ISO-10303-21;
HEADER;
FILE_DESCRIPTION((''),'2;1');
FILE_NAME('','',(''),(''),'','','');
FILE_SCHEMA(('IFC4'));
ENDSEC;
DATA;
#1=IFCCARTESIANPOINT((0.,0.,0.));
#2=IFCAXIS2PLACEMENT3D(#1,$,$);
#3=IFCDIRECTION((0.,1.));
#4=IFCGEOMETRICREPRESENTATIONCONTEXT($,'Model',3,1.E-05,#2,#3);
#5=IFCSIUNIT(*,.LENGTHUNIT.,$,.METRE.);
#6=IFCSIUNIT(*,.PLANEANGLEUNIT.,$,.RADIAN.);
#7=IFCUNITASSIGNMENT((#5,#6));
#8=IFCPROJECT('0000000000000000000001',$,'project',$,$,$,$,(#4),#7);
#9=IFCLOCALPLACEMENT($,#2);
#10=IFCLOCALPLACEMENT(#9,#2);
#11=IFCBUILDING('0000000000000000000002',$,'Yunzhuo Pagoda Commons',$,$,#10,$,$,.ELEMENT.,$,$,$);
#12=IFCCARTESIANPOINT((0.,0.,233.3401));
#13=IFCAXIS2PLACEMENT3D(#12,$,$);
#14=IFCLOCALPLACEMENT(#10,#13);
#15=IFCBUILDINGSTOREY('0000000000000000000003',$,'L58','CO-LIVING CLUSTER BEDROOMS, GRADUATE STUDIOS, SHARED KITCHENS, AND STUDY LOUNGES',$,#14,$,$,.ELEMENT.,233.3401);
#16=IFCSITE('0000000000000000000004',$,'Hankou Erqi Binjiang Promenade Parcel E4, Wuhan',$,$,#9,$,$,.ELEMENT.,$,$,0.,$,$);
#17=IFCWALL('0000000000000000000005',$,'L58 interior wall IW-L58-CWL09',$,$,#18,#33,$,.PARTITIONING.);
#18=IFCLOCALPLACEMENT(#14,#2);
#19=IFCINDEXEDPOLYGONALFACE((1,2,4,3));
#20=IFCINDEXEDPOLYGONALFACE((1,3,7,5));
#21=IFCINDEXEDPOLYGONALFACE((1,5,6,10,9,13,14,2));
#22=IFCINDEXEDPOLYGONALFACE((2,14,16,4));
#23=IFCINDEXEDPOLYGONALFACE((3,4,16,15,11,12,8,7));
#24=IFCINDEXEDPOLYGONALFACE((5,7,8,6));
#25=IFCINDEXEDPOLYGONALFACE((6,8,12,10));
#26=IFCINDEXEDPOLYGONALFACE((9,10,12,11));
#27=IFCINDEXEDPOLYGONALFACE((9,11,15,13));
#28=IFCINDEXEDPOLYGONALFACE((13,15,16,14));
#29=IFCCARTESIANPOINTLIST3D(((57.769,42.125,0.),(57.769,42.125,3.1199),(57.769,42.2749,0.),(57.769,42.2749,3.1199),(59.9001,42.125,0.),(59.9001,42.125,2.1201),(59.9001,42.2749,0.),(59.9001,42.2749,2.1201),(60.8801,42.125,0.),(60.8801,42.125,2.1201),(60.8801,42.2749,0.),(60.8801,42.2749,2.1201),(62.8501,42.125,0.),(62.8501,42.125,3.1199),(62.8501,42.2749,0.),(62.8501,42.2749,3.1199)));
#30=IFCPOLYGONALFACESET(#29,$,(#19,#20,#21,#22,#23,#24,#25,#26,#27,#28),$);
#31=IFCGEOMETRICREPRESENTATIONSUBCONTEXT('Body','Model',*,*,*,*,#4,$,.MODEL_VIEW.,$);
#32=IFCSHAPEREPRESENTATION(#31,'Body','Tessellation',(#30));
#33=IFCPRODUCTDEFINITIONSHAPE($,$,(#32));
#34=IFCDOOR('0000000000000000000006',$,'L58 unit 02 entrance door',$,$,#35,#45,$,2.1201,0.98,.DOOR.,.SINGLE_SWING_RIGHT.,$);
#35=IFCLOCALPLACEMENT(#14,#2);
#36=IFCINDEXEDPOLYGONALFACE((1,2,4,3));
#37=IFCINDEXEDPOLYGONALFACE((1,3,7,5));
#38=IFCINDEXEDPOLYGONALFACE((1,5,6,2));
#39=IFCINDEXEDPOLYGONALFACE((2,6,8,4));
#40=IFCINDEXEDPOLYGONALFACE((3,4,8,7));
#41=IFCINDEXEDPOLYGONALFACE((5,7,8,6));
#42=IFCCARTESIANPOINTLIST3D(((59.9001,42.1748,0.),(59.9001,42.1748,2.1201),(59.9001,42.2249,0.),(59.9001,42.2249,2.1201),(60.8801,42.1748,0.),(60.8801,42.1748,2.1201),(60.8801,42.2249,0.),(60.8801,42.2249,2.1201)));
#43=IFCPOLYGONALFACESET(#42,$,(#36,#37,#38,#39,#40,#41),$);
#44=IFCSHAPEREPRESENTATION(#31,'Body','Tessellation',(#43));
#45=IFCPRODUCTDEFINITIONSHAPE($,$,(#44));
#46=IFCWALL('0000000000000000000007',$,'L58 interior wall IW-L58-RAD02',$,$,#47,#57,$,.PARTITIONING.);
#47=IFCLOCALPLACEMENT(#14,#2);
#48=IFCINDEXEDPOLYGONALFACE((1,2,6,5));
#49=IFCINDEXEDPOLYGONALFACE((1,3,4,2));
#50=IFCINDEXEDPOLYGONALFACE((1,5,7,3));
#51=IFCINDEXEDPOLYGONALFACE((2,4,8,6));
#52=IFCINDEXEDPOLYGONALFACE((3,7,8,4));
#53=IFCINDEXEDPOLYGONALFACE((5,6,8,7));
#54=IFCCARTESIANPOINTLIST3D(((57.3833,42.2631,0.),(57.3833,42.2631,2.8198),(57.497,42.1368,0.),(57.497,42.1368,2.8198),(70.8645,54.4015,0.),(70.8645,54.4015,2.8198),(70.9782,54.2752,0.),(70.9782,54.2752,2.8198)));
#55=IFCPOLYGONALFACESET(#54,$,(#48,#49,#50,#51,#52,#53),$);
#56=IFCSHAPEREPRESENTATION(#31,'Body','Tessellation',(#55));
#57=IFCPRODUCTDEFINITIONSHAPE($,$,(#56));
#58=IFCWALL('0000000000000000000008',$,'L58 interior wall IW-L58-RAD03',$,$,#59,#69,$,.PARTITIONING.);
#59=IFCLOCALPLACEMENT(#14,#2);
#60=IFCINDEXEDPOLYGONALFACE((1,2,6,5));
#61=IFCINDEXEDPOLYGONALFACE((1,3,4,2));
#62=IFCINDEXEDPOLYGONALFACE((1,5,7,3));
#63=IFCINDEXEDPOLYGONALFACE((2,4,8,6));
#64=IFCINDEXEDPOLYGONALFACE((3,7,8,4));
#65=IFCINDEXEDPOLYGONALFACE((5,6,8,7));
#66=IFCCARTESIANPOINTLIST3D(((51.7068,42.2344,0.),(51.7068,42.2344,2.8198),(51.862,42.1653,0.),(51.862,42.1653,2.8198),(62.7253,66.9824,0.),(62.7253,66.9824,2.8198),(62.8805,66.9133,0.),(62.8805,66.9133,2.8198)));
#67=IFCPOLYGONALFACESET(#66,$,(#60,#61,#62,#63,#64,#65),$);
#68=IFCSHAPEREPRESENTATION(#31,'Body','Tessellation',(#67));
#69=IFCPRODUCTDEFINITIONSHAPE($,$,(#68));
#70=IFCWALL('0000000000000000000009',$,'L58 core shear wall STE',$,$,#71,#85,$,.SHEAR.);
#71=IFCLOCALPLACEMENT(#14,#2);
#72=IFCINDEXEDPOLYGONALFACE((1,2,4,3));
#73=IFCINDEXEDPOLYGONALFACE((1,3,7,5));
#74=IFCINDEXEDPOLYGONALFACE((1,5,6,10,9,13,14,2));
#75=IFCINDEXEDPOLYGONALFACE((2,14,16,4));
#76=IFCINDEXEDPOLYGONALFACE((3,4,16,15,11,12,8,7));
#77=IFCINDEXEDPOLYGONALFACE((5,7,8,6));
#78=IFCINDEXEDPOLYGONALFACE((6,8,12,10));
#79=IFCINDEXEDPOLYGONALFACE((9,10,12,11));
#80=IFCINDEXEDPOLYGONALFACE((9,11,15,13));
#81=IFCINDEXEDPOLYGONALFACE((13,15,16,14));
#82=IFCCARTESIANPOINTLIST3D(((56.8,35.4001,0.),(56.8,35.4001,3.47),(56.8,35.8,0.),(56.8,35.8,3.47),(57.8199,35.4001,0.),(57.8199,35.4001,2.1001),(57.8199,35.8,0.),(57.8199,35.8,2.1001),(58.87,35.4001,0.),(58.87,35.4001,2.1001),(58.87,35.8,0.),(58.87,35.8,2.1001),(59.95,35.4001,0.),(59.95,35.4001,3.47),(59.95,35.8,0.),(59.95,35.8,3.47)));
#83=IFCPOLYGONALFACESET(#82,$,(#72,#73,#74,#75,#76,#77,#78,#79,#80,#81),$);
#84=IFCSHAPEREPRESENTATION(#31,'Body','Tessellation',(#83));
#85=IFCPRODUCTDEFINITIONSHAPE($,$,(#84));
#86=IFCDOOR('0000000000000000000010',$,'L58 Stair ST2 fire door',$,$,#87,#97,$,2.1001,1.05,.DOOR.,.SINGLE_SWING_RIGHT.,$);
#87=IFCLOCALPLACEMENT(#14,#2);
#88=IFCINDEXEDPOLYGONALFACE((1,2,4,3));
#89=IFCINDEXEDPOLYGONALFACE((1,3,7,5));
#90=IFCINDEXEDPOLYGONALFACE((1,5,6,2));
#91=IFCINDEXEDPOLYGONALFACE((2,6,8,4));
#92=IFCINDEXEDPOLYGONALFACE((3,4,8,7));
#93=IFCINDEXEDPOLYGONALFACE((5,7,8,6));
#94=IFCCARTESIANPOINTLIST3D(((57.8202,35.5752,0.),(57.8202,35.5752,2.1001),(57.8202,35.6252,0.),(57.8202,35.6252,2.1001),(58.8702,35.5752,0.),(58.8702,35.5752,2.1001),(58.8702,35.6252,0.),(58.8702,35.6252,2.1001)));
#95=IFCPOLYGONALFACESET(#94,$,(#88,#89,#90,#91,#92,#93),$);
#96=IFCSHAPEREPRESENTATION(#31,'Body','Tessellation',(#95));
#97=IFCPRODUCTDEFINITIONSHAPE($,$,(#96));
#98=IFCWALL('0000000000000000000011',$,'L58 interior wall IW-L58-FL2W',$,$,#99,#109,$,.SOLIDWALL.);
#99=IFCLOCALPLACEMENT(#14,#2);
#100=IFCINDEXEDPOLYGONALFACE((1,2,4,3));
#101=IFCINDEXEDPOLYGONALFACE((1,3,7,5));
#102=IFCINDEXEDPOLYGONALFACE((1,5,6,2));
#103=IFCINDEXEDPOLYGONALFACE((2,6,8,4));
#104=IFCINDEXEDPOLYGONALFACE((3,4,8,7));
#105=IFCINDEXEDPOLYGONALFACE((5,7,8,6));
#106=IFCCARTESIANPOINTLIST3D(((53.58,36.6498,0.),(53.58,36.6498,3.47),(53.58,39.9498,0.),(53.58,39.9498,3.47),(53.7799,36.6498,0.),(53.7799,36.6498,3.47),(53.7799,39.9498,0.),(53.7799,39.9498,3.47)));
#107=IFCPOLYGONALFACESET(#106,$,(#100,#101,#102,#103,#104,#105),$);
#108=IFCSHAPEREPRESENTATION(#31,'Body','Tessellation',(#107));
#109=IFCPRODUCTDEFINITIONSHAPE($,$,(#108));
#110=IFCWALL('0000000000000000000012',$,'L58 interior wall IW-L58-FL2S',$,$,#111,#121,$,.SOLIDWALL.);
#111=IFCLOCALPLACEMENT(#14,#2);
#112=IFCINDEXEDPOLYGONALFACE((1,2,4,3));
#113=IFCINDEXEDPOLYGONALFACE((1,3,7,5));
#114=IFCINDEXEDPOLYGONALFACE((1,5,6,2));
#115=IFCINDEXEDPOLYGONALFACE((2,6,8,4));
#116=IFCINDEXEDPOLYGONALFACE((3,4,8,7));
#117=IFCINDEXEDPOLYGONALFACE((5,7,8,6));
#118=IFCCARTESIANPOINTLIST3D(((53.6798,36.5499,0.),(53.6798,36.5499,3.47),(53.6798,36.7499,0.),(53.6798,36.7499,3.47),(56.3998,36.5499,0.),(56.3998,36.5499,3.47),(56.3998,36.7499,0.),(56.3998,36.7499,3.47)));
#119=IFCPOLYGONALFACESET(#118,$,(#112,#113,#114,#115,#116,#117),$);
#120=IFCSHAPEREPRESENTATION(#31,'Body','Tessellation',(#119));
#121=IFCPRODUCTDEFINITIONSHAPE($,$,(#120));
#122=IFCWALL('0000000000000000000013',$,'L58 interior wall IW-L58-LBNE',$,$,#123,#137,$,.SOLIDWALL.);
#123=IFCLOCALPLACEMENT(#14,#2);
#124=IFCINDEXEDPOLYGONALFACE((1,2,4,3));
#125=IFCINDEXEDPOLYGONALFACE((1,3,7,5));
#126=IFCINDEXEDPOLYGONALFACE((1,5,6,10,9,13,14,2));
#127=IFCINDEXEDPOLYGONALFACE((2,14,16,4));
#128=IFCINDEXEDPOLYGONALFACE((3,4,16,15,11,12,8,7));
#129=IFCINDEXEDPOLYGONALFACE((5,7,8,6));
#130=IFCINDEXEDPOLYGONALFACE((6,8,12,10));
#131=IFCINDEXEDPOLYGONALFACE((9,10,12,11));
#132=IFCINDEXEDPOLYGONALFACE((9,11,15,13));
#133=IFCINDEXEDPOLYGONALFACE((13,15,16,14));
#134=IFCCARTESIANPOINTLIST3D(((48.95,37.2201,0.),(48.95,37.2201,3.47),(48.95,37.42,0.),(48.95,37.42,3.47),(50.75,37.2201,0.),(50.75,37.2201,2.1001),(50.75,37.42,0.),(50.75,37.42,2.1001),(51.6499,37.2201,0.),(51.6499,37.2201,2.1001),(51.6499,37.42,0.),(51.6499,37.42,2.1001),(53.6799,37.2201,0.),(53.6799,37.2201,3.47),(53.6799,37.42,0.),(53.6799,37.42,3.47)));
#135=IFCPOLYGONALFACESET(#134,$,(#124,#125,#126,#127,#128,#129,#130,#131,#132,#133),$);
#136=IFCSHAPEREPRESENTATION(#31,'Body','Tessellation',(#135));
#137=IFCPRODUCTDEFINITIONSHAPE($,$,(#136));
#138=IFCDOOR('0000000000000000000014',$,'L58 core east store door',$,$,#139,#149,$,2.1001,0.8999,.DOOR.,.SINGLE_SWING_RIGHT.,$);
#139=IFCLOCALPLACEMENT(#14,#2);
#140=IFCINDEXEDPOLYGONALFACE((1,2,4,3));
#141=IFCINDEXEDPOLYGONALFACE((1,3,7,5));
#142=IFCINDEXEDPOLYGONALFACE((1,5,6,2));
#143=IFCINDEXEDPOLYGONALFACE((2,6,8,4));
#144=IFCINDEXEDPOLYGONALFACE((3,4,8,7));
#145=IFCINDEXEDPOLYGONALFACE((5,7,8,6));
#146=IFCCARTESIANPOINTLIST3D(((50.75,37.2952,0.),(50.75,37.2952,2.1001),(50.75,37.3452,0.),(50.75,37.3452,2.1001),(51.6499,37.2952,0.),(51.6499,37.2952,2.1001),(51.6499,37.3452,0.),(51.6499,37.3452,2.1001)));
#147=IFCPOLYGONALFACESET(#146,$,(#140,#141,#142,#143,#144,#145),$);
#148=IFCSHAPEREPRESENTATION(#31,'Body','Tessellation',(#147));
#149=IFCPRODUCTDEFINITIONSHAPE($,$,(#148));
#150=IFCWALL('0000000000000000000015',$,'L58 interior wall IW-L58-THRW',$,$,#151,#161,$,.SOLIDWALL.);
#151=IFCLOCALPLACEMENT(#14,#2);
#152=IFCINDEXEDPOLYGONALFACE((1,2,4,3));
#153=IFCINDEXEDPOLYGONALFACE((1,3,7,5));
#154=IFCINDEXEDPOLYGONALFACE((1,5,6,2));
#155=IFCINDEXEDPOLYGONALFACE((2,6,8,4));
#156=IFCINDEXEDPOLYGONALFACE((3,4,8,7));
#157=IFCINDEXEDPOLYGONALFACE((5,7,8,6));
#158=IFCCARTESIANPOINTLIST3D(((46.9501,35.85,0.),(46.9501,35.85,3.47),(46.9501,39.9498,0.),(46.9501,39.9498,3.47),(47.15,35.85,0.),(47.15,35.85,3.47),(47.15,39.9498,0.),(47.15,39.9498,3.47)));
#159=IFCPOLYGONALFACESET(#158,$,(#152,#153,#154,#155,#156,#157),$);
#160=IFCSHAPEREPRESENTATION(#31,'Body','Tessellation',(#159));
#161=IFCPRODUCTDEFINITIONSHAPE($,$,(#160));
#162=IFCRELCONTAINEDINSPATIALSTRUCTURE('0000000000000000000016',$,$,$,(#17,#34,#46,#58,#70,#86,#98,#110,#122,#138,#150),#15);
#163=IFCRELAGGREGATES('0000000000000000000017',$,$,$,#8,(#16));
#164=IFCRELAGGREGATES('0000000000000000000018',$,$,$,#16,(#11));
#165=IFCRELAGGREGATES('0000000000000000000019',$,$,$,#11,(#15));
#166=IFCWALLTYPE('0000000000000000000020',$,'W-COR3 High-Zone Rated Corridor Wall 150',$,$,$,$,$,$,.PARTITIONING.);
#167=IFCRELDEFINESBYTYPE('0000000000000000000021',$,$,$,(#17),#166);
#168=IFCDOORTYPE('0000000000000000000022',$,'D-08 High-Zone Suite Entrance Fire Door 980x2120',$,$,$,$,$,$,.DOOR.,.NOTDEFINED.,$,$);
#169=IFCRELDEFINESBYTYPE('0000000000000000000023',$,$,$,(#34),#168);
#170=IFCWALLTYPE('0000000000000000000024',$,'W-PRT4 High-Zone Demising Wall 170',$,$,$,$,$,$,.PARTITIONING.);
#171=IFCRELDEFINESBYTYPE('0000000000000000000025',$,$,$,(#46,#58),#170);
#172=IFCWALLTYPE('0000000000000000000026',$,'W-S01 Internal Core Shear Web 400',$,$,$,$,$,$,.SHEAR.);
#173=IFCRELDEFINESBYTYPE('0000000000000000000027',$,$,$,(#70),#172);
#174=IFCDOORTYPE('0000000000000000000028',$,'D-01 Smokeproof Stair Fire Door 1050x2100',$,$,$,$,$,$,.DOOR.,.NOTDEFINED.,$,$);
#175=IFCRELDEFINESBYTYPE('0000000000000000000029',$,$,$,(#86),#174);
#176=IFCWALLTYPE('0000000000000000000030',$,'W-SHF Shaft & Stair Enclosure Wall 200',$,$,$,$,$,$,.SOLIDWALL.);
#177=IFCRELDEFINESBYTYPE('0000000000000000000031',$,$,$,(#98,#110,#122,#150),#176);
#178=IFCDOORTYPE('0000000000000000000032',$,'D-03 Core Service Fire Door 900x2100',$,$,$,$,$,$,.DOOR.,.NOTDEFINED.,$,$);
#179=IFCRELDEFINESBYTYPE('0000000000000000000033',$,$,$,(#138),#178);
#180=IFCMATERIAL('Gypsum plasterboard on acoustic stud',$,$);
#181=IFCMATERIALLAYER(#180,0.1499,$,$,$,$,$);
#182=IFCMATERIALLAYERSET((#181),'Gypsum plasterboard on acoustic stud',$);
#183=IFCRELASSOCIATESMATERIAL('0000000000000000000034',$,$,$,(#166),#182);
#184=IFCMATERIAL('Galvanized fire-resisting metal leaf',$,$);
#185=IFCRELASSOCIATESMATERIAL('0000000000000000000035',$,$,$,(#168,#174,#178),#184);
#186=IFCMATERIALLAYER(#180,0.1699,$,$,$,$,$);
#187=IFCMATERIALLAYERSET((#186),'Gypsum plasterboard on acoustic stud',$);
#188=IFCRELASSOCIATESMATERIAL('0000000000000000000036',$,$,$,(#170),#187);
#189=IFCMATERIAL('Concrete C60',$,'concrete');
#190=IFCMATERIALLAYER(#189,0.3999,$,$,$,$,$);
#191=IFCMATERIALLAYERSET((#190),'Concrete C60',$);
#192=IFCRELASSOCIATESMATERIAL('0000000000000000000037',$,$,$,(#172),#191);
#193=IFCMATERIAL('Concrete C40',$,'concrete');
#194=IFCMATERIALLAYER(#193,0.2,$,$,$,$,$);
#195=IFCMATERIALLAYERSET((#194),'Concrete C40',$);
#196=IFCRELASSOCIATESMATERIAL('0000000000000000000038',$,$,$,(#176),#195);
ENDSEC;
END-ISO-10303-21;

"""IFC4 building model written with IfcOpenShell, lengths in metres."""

from ifc_helpers import new_model, si_unit, direction, frame, frame_2d, origin, origin_with_axes, place, context, subcontext, project, spatial, rectangle, extrude, source, transform, mapped, material, layer, layer_set, type_object, element, fill, save


model = new_model("IFC4")

# Units and contexts
model_context = context("Model", 3, precision=1e-05, world=origin(), true_north=direction((0.0, 1.0)))
body_context = subcontext(model_context, "Body", "Model", "MODEL_VIEW")
ifc_project = project(units=[si_unit("LENGTHUNIT", "METRE"), si_unit("PLANEANGLEUNIT", "RADIAN")], contexts=[model_context])

# Site, building, storey
site_placement = place(None, origin())
site = spatial("IfcSite", under=ifc_project, at=site_placement, Name="Hankou Erqi Binjiang Promenade Parcel E4, Wuhan", CompositionType="ELEMENT", RefElevation=0.0)
building_placement = place(site_placement, origin())
building = spatial("IfcBuilding", under=site, at=building_placement, Name="Yunzhuo Pagoda Commons", CompositionType="ELEMENT")
storey_placement = place(building_placement, frame((0.0, 0.0, 233.3401)))
storey = spatial("IfcBuildingStorey", under=building, at=storey_placement, Name="L58", Description="CO-LIVING CLUSTER BEDROOMS, GRADUATE STUDIOS, SHARED KITCHENS, AND STUDY LOUNGES", CompositionType="ELEMENT", Elevation=233.3401)

# Shared definitions
ifc_material_1 = material(Name="Galvanized fire-resisting metal leaf")
shared_shape_1 = source(origin(), body_context, "Body", "SweptSolid", [
    extrude(rectangle(XDim=1.05, YDim=2.1001, at=frame_2d((0.5249, 1.05))), frame((0.0, 0.0249, 0.0), z_axis=(0.0, -1.0, 0.0), x_axis=(1.0, 0.0, 0.0)), (0.0, 0.0, 1.0), 0.05),
])

# Shared definitions
ifc_material_2 = material(Name="Gypsum plasterboard on acoustic stud")
ifc_layer_1 = layer(ifc_material_2, 0.1499)
ifc_layer_set_1 = layer_set([ifc_layer_1], Name="Gypsum plasterboard on acoustic stud")
wall_type_1 = type_object("IfcWallType", Name="W-COR3 High-Zone Rated Corridor Wall 150", PredefinedType="PARTITIONING", material=ifc_layer_set_1)

# Wall, opening, door
door_type_1 = type_object("IfcDoorType", Name="D-08 High-Zone Suite Entrance Fire Door 980x2120", OperationType="NOTDEFINED", PredefinedType="DOOR", material=ifc_material_1)
shared_shape_2 = source(origin(), body_context, "Body", "SweptSolid", [
    extrude(rectangle(XDim=0.98, YDim=2.1201, at=frame_2d((0.49, 1.0601))), frame((0.0, 0.0249, 0.0), z_axis=(0.0, -1.0, 0.0), x_axis=(1.0, 0.0, 0.0)), (0.0, 0.0, 1.0), 0.05),
])
wall_1_placement = place(storey_placement, frame((57.769, 42.2, 0.0), z_axis=(0.0, 0.0, 1.0), x_axis=(1.0, 0.0, 0.0)))
wall_1 = element("IfcWall", 1, at=wall_1_placement, inside=storey, type_object=wall_type_1, Name="L58 interior wall IW-L58-CWL09", PredefinedType="PARTITIONING", context=body_context, shape_type="SweptSolid", body=[
    extrude(rectangle(XDim=5.0811, YDim=0.1499, at=frame_2d((2.5405, 0.0))), origin(), (0.0, 0.0, 1.0), 3.1199),
])
opening_1_placement = place(wall_1_placement, frame((2.1311, 0.0, 0.0)))
opening_1 = element("IfcOpeningElement", 2, at=opening_1_placement, cuts=wall_1, PredefinedType="OPENING", context=body_context, shape_type="SweptSolid", body=[
    extrude(rectangle(XDim=0.98, YDim=2.1201, at=frame_2d((0.49, 1.0601))), frame((0.0, 0.085, 0.0), z_axis=(0.0, -1.0, 0.0), x_axis=(1.0, 0.0, 0.0)), (0.0, 0.0, 1.0), 0.1699),
])
door_1_placement = place(opening_1_placement, origin_with_axes())
door_1 = element("IfcDoor", 3, at=door_1_placement, inside=storey, type_object=door_type_1, Name="L58 unit 02 entrance door", OperationType="SINGLE_SWING_RIGHT", OverallHeight=2.1201, OverallWidth=0.98, PredefinedType="DOOR", context=body_context, shape_type="MappedRepresentation", body=[
    mapped(shared_shape_2, transform((0.0, 0.0, 0.0), scale=1.0)),
])
fill(opening_1, door_1)

# Walls
ifc_layer_2 = layer(ifc_material_2, 0.1699)
ifc_layer_set_2 = layer_set([ifc_layer_2], Name="Gypsum plasterboard on acoustic stud")
wall_type_2 = type_object("IfcWallType", Name="W-PRT4 High-Zone Demising Wall 170", PredefinedType="PARTITIONING", material=ifc_layer_set_2)
wall_2_placement = place(storey_placement, frame((57.4402, 42.2, 0.0), z_axis=(0.0, 0.0, 1.0), x_axis=(0.743148, 0.669128, 0.0)))
element("IfcWall", 4, at=wall_2_placement, inside=storey, type_object=wall_type_2, Name="L58 interior wall IW-L58-RAD02", PredefinedType="PARTITIONING", context=body_context, shape_type="SweptSolid", body=[
    extrude(rectangle(XDim=18.1406, YDim=0.1699, at=frame_2d((9.0703, 0.0))), origin(), (0.0, 0.0, 1.0), 2.8198),
])
wall_3_placement = place(storey_placement, frame((51.7844, 42.2, 0.0), z_axis=(0.0, 0.0, 1.0), x_axis=(0.406737, 0.913545, 0.0)))
element("IfcWall", 5, at=wall_3_placement, inside=storey, type_object=wall_type_2, Name="L58 interior wall IW-L58-RAD03", PredefinedType="PARTITIONING", context=body_context, shape_type="SweptSolid", body=[
    extrude(rectangle(XDim=27.0901, YDim=0.1699, at=frame_2d((13.5449, 0.0))), origin(), (0.0, 0.0, 1.0), 2.8198),
])

# Wall, opening, door
ifc_material_3 = material(Name="Concrete C60", Category="concrete")
ifc_layer_3 = layer(ifc_material_3, 0.3999)
ifc_layer_set_3 = layer_set([ifc_layer_3], Name="Concrete C60")
wall_type_3 = type_object("IfcWallType", Name="W-S01 Internal Core Shear Web 400", PredefinedType="SHEAR", material=ifc_layer_set_3)
wall_4_placement = place(storey_placement, frame((56.8, 35.6001, 0.0), z_axis=(0.0, 0.0, 1.0), x_axis=(1.0, 0.0, 0.0)))
wall_4 = element("IfcWall", 6, at=wall_4_placement, inside=storey, type_object=wall_type_3, Name="L58 core shear wall STE", PredefinedType="SHEAR", context=body_context, shape_type="SweptSolid", body=[
    extrude(rectangle(XDim=3.1499, YDim=0.3999, at=frame_2d((1.575, 0.0))), origin(), (0.0, 0.0, 1.0), 3.47),
])
opening_2_placement = place(wall_4_placement, frame((1.02, 0.0, 0.0)))
opening_2 = element("IfcOpeningElement", 7, at=opening_2_placement, cuts=wall_4, PredefinedType="OPENING", context=body_context, shape_type="SweptSolid", body=[
    extrude(rectangle(XDim=1.05, YDim=2.1001, at=frame_2d((0.5249, 1.05))), frame((0.0, 0.21, 0.0), z_axis=(0.0, -1.0, 0.0), x_axis=(1.0, 0.0, 0.0)), (0.0, 0.0, 1.0), 0.4199),
])
door_type_2 = type_object("IfcDoorType", Name="D-01 Smokeproof Stair Fire Door 1050x2100", OperationType="NOTDEFINED", PredefinedType="DOOR", material=ifc_material_1)
door_2_placement = place(opening_2_placement, frame((1.05, 0.0, 0.0), z_axis=(0.0, 0.0, 1.0), x_axis=(-1.0, 0.0, 0.0)))
door_2 = element("IfcDoor", 8, at=door_2_placement, inside=storey, type_object=door_type_2, Name="L58 Stair ST2 fire door", OperationType="SINGLE_SWING_RIGHT", OverallHeight=2.1001, OverallWidth=1.05, PredefinedType="DOOR", context=body_context, shape_type="MappedRepresentation", body=[
    mapped(shared_shape_1, transform((0.0, 0.0, 0.0), scale=1.0)),
])
fill(opening_2, door_2)

# Walls
ifc_material_4 = material(Name="Concrete C40", Category="concrete")
ifc_layer_4 = layer(ifc_material_4, 0.2)
ifc_layer_set_4 = layer_set([ifc_layer_4], Name="Concrete C40")
wall_type_4 = type_object("IfcWallType", Name="W-SHF Shaft & Stair Enclosure Wall 200", PredefinedType="SOLIDWALL", material=ifc_layer_set_4)
wall_5_placement = place(storey_placement, frame((53.6799, 36.6499, 0.0), z_axis=(0.0, 0.0, 1.0), x_axis=(0.0, 1.0, 0.0)))
element("IfcWall", 9, at=wall_5_placement, inside=storey, type_object=wall_type_4, Name="L58 interior wall IW-L58-FL2W", PredefinedType="SOLIDWALL", context=body_context, shape_type="SweptSolid", body=[
    extrude(rectangle(XDim=3.3, YDim=0.2, at=frame_2d((1.6499, 0.0))), origin(), (0.0, 0.0, 1.0), 3.47),
])
wall_6_placement = place(storey_placement, frame((53.6799, 36.6499, 0.0), z_axis=(0.0, 0.0, 1.0), x_axis=(1.0, 0.0, 0.0)))
element("IfcWall", 10, at=wall_6_placement, inside=storey, type_object=wall_type_4, Name="L58 interior wall IW-L58-FL2S", PredefinedType="SOLIDWALL", context=body_context, shape_type="SweptSolid", body=[
    extrude(rectangle(XDim=2.72, YDim=0.2, at=frame_2d((1.3599, 0.0))), origin(), (0.0, 0.0, 1.0), 3.47),
])

# Wall, opening, door
wall_7_placement = place(storey_placement, frame((48.95, 37.3201, 0.0), z_axis=(0.0, 0.0, 1.0), x_axis=(1.0, 0.0, 0.0)))
wall_7 = element("IfcWall", 11, at=wall_7_placement, inside=storey, type_object=wall_type_4, Name="L58 interior wall IW-L58-LBNE", PredefinedType="SOLIDWALL", context=body_context, shape_type="SweptSolid", body=[
    extrude(rectangle(XDim=4.73, YDim=0.2, at=frame_2d((2.365, 0.0))), origin(), (0.0, 0.0, 1.0), 3.47),
])
opening_3_placement = place(wall_7_placement, frame((1.8, 0.0, 0.0)))
opening_3 = element("IfcOpeningElement", 12, at=opening_3_placement, cuts=wall_7, PredefinedType="OPENING", context=body_context, shape_type="SweptSolid", body=[
    extrude(rectangle(XDim=0.8999, YDim=2.1001, at=frame_2d((0.45, 1.05))), frame((0.0, 0.1099, 0.0), z_axis=(0.0, -1.0, 0.0), x_axis=(1.0, 0.0, 0.0)), (0.0, 0.0, 1.0), 0.22),
])
door_type_3 = type_object("IfcDoorType", Name="D-03 Core Service Fire Door 900x2100", OperationType="NOTDEFINED", PredefinedType="DOOR", material=ifc_material_1)
shared_shape_3 = source(origin(), body_context, "Body", "SweptSolid", [
    extrude(rectangle(XDim=0.8999, YDim=2.1001, at=frame_2d((0.45, 1.05))), frame((0.0, 0.0249, 0.0), z_axis=(0.0, -1.0, 0.0), x_axis=(1.0, 0.0, 0.0)), (0.0, 0.0, 1.0), 0.05),
])
door_3_placement = place(opening_3_placement, frame((0.8999, 0.0, 0.0), z_axis=(0.0, 0.0, 1.0), x_axis=(-1.0, 0.0, 0.0)))
door_3 = element("IfcDoor", 13, at=door_3_placement, inside=storey, type_object=door_type_3, Name="L58 core east store door", OperationType="SINGLE_SWING_RIGHT", OverallHeight=2.1001, OverallWidth=0.8999, PredefinedType="DOOR", context=body_context, shape_type="MappedRepresentation", body=[
    mapped(shared_shape_3, transform((0.0, 0.0, 0.0), scale=1.0)),
])
fill(opening_3, door_3)

# Wall
wall_8_placement = place(storey_placement, frame((47.05, 35.8501, 0.0), z_axis=(0.0, 0.0, 1.0), x_axis=(0.0, 1.0, 0.0)))
element("IfcWall", 14, at=wall_8_placement, inside=storey, type_object=wall_type_4, Name="L58 interior wall IW-L58-THRW", PredefinedType="SOLIDWALL", context=body_context, shape_type="SweptSolid", body=[
    extrude(rectangle(XDim=4.0999, YDim=0.2, at=frame_2d((2.0498, 0.0))), origin(), (0.0, 0.0, 1.0), 3.47),
])

save(model, "model.ifc")
